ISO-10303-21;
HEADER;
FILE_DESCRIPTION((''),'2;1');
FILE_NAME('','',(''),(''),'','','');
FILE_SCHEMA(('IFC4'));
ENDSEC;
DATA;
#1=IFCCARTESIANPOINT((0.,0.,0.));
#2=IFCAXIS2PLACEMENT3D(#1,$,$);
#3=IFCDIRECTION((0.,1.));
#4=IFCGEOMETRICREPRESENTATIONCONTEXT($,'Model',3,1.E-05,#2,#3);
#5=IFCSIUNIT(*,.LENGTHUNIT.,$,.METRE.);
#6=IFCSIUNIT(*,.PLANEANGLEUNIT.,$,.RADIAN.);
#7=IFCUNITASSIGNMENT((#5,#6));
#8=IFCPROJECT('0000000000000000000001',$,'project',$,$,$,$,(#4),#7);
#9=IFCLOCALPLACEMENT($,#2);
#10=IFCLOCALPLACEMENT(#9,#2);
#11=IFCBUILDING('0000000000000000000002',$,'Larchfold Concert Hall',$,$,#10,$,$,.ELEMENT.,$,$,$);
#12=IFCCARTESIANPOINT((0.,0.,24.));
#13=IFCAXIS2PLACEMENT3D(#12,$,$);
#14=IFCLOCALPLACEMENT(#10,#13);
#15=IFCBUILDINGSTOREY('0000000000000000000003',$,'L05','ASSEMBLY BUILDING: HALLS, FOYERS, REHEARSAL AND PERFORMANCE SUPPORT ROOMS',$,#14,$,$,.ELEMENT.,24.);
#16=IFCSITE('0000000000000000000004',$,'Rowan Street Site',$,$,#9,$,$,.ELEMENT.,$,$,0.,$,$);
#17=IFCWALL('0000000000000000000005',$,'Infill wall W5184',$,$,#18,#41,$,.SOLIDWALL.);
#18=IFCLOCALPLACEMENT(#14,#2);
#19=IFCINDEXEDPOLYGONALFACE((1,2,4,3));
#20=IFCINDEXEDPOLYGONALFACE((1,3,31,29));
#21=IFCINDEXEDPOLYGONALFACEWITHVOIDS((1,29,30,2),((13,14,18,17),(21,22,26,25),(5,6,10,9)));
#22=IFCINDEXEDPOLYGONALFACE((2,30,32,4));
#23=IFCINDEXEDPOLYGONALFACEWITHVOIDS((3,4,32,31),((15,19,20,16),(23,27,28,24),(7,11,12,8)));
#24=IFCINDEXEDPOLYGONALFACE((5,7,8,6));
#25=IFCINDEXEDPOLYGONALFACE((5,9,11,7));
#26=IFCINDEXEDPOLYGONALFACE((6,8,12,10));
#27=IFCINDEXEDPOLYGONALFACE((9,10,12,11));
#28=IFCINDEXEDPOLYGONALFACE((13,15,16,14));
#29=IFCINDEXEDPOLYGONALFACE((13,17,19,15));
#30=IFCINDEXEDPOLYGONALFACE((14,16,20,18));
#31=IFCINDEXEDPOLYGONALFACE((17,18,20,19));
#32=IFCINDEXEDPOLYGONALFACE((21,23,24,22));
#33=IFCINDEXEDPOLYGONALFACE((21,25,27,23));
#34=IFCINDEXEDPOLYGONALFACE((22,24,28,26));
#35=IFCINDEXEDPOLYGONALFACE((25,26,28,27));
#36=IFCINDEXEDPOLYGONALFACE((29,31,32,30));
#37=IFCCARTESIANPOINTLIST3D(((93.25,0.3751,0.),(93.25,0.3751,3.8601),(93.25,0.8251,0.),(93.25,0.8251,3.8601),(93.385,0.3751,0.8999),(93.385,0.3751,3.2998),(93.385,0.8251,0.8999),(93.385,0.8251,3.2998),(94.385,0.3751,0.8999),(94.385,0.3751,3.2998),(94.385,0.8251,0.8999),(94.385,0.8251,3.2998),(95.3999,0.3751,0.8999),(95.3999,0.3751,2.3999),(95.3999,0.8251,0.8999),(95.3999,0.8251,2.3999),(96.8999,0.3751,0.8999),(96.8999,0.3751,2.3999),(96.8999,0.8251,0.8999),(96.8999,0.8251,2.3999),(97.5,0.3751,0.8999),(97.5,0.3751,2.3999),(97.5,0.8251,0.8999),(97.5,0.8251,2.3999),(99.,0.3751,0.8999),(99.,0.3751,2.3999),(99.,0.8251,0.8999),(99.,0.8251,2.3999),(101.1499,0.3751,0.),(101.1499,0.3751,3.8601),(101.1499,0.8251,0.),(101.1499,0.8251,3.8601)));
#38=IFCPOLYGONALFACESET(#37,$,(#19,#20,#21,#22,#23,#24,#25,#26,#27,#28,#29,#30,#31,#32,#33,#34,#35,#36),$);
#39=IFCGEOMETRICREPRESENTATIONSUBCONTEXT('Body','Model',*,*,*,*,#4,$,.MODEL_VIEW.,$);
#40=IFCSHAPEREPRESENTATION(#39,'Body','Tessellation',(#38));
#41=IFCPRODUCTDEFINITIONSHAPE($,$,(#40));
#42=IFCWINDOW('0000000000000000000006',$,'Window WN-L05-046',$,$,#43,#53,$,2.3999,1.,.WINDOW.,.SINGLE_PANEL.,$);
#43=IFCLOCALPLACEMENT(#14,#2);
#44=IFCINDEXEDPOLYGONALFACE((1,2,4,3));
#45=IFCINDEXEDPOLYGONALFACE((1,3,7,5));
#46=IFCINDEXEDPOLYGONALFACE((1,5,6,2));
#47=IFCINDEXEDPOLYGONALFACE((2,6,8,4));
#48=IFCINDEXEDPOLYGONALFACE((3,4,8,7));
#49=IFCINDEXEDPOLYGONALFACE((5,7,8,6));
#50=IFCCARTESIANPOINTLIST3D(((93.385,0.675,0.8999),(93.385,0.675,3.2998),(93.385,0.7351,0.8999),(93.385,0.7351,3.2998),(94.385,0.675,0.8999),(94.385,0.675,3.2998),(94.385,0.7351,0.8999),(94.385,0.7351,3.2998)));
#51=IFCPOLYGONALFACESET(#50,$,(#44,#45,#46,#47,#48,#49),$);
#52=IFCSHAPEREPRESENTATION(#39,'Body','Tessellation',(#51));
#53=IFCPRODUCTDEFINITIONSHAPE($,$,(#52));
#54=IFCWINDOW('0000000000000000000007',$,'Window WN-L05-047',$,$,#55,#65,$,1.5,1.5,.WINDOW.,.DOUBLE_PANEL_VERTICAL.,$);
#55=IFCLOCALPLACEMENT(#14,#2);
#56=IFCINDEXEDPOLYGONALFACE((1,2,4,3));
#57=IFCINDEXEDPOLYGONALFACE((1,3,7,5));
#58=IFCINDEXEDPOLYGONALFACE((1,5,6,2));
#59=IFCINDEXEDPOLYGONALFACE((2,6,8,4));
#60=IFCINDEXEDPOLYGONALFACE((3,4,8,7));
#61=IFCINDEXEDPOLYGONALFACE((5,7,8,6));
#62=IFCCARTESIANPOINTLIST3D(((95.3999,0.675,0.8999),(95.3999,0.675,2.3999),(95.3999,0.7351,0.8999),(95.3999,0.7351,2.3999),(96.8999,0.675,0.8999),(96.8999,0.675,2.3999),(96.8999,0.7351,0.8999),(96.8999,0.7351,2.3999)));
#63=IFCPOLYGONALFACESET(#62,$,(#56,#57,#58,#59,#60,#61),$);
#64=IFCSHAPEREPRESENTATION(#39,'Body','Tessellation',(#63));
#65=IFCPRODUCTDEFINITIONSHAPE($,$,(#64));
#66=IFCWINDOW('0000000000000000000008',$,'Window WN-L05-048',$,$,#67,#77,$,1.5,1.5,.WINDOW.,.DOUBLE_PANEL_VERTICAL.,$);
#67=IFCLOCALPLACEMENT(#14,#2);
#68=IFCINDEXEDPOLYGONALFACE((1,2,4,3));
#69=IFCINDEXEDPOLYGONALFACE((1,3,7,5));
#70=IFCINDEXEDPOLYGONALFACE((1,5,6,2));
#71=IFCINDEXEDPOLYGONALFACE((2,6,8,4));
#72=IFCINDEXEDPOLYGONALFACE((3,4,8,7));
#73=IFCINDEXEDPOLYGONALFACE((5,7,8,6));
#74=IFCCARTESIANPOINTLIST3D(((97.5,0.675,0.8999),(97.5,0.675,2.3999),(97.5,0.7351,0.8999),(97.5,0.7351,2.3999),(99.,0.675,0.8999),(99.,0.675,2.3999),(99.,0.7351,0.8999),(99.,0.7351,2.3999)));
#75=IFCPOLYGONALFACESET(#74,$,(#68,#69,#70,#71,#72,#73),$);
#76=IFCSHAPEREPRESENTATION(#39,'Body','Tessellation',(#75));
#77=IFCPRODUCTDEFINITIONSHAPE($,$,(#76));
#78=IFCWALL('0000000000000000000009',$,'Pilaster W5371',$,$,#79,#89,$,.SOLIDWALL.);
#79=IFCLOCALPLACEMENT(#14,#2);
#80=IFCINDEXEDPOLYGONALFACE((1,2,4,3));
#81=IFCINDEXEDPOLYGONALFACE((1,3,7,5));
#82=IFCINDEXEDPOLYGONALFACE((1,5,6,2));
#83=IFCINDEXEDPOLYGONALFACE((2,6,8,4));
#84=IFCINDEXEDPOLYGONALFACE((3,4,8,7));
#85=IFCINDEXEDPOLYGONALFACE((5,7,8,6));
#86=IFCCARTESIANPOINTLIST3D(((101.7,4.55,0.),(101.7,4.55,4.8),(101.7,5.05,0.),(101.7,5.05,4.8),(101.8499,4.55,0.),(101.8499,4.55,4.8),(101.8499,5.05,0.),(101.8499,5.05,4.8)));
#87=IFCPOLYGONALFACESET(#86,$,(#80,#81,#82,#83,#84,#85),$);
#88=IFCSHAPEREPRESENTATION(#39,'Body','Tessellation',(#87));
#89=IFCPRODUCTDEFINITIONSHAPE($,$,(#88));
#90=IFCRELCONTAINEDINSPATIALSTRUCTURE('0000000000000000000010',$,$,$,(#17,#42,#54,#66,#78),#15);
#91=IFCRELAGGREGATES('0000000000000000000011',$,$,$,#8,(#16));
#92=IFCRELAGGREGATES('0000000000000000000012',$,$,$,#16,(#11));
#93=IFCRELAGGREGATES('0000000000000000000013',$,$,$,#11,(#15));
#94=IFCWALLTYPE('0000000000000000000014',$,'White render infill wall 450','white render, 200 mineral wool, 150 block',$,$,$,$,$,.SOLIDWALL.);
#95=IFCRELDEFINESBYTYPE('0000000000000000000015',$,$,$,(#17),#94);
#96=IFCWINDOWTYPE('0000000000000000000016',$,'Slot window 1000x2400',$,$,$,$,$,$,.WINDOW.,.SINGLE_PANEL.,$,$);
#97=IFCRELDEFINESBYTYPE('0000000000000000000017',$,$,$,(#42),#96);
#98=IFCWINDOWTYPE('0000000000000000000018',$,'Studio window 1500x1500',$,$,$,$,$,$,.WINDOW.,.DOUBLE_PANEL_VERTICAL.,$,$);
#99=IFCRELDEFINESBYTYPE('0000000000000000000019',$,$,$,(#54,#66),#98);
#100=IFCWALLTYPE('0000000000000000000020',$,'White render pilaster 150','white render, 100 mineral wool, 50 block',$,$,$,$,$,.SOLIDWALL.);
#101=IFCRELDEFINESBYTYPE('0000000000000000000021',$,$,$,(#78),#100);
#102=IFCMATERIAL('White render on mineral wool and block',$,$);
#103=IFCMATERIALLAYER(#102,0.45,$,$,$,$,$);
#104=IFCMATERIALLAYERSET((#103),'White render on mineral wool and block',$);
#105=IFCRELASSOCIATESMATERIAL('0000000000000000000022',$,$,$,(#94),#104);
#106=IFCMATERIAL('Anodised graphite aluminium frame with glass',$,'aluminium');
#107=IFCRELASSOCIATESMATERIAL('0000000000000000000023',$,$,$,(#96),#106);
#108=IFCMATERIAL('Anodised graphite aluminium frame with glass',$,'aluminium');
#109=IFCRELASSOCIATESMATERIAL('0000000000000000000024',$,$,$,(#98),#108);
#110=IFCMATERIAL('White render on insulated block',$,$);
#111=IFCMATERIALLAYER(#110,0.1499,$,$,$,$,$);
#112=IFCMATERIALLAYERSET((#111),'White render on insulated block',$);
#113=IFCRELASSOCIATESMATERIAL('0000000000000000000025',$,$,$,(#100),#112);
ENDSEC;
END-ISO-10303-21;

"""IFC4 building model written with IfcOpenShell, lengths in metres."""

from ifc_helpers import new_model, si_unit, direction, frame, frame_2d, origin, place, context, subcontext, project, spatial, rectangle, extrude, material, layer, layer_set, type_object, element, fill, save


model = new_model("IFC4")

# Units and contexts
model_context = context("Model", 3, precision=1e-05, world=origin(), true_north=direction((0.0, 1.0)))
body_context = subcontext(model_context, "Body", "Model", "MODEL_VIEW")
ifc_project = project(units=[si_unit("LENGTHUNIT", "METRE"), si_unit("PLANEANGLEUNIT", "RADIAN")], contexts=[model_context])

# Site, building, storey
site_placement = place(None, origin())
site = spatial("IfcSite", under=ifc_project, at=site_placement, Name="Rowan Street Site", CompositionType="ELEMENT", RefElevation=0.0)
building_placement = place(site_placement, origin())
building = spatial("IfcBuilding", under=site, at=building_placement, Name="Larchfold Concert Hall", CompositionType="ELEMENT")
storey_placement = place(building_placement, frame((0.0, 0.0, 24.0)))
storey = spatial("IfcBuildingStorey", under=building, at=storey_placement, Name="L05", Description="ASSEMBLY BUILDING: HALLS, FOYERS, REHEARSAL AND PERFORMANCE SUPPORT ROOMS", CompositionType="ELEMENT", Elevation=24.0)

# Wall, openings, windows
ifc_material_1 = material(Name="White render on mineral wool and block")
ifc_layer_1 = layer(ifc_material_1, 0.45)
ifc_layer_set_1 = layer_set([ifc_layer_1], Name="White render on mineral wool and block")
wall_type_1 = type_object("IfcWallType", Name="White render infill wall 450", Description="white render, 200 mineral wool, 150 block", PredefinedType="SOLIDWALL", material=ifc_layer_set_1)
wall_1_placement = place(storey_placement, frame((93.25, 0.6001, 0.0), z_axis=(0.0, 0.0, 1.0), x_axis=(1.0, 0.0, 0.0)))
wall_1 = element("IfcWall", 1, at=wall_1_placement, inside=storey, type_object=wall_type_1, Name="Infill wall W5184", PredefinedType="SOLIDWALL", context=body_context, shape_type="SweptSolid", body=[
    extrude(rectangle(XDim=7.8999, YDim=0.45, at=frame_2d((3.95, 0.0))), origin(), (0.0, 0.0, 1.0), 3.8601),
])
opening_1_placement = place(wall_1_placement, frame((0.135, 0.0, 0.8999)))
opening_1 = element("IfcOpeningElement", 2, at=opening_1_placement, cuts=wall_1, PredefinedType="OPENING", context=body_context, shape_type="SweptSolid", body=[
    extrude(rectangle(XDim=1.0, YDim=2.3999, at=frame_2d((0.5, 1.2))), frame((0.0, 0.2349, 0.0), z_axis=(0.0, -1.0, 0.0), x_axis=(1.0, 0.0, 0.0)), (0.0, 0.0, 1.0), 0.47),
])
opening_2_placement = place(wall_1_placement, frame((2.1499, 0.0, 0.8999)))
opening_2 = element("IfcOpeningElement", 3, at=opening_2_placement, cuts=wall_1, PredefinedType="OPENING", context=body_context, shape_type="SweptSolid", body=[
    extrude(rectangle(XDim=1.5, YDim=1.5, at=frame_2d((0.75, 0.75))), frame((0.0, 0.2349, 0.0), z_axis=(0.0, -1.0, 0.0), x_axis=(1.0, 0.0, 0.0)), (0.0, 0.0, 1.0), 0.47),
])
opening_3_placement = place(wall_1_placement, frame((4.25, 0.0, 0.8999)))
opening_3 = element("IfcOpeningElement", 4, at=opening_3_placement, cuts=wall_1, PredefinedType="OPENING", context=body_context, shape_type="SweptSolid", body=[
    extrude(rectangle(XDim=1.5, YDim=1.5, at=frame_2d((0.75, 0.75))), frame((0.0, 0.2349, 0.0), z_axis=(0.0, -1.0, 0.0), x_axis=(1.0, 0.0, 0.0)), (0.0, 0.0, 1.0), 0.47),
])
ifc_material_2 = material(Name="Anodised graphite aluminium frame with glass", Category="aluminium")
window_type_1 = type_object("IfcWindowType", Name="Slot window 1000x2400", PartitioningType="SINGLE_PANEL", PredefinedType="WINDOW", material=ifc_material_2)
window_1_placement = place(opening_1_placement, origin())
window_1 = element("IfcWindow", 5, at=window_1_placement, inside=storey, type_object=window_type_1, Name="Window WN-L05-046", OverallHeight=2.3999, OverallWidth=1.0, PartitioningType="SINGLE_PANEL", PredefinedType="WINDOW", context=body_context, shape_type="SweptSolid", body=[
    extrude(rectangle(XDim=1.0, YDim=2.3999, at=frame_2d((0.5, 1.2))), frame((0.0, 0.135, 0.0), z_axis=(0.0, -1.0, 0.0), x_axis=(1.0, 0.0, 0.0)), (0.0, 0.0, 1.0), 0.0601),
])
fill(opening_1, window_1)
ifc_material_3 = material(Name="Anodised graphite aluminium frame with glass", Category="aluminium")
window_type_2 = type_object("IfcWindowType", Name="Studio window 1500x1500", PartitioningType="DOUBLE_PANEL_VERTICAL", PredefinedType="WINDOW", material=ifc_material_3)
window_2_placement = place(opening_2_placement, origin())
window_2 = element("IfcWindow", 6, at=window_2_placement, inside=storey, type_object=window_type_2, Name="Window WN-L05-047", OverallHeight=1.5, OverallWidth=1.5, PartitioningType="DOUBLE_PANEL_VERTICAL", PredefinedType="WINDOW", context=body_context, shape_type="SweptSolid", body=[
    extrude(rectangle(XDim=1.5, YDim=1.5, at=frame_2d((0.75, 0.75))), frame((0.0, 0.135, 0.0), z_axis=(0.0, -1.0, 0.0), x_axis=(1.0, 0.0, 0.0)), (0.0, 0.0, 1.0), 0.0601),
])
fill(opening_2, window_2)
window_3_placement = place(opening_3_placement, origin())
window_3 = element("IfcWindow", 7, at=window_3_placement, inside=storey, type_object=window_type_2, Name="Window WN-L05-048", OverallHeight=1.5, OverallWidth=1.5, PartitioningType="DOUBLE_PANEL_VERTICAL", PredefinedType="WINDOW", context=body_context, shape_type="SweptSolid", body=[
    extrude(rectangle(XDim=1.5, YDim=1.5, at=frame_2d((0.75, 0.75))), frame((0.0, 0.135, 0.0), z_axis=(0.0, -1.0, 0.0), x_axis=(1.0, 0.0, 0.0)), (0.0, 0.0, 1.0), 0.0601),
])
fill(opening_3, window_3)

# Wall
ifc_material_4 = material(Name="White render on insulated block")
ifc_layer_2 = layer(ifc_material_4, 0.1499)
ifc_layer_set_2 = layer_set([ifc_layer_2], Name="White render on insulated block")
wall_type_2 = type_object("IfcWallType", Name="White render pilaster 150", Description="white render, 100 mineral wool, 50 block", PredefinedType="SOLIDWALL", material=ifc_layer_set_2)
wall_2_placement = place(storey_placement, frame((101.7749, 4.55, 0.0), z_axis=(0.0, 0.0, 1.0), x_axis=(0.0, 1.0, 0.0)))
element("IfcWall", 8, at=wall_2_placement, inside=storey, type_object=wall_type_2, Name="Pilaster W5371", PredefinedType="SOLIDWALL", context=body_context, shape_type="SweptSolid", body=[
    extrude(rectangle(XDim=0.5, YDim=0.1499, at=frame_2d((0.25, 0.0))), origin(), (0.0, 0.0, 1.0), 4.8),
])

save(model, "model.ifc")
